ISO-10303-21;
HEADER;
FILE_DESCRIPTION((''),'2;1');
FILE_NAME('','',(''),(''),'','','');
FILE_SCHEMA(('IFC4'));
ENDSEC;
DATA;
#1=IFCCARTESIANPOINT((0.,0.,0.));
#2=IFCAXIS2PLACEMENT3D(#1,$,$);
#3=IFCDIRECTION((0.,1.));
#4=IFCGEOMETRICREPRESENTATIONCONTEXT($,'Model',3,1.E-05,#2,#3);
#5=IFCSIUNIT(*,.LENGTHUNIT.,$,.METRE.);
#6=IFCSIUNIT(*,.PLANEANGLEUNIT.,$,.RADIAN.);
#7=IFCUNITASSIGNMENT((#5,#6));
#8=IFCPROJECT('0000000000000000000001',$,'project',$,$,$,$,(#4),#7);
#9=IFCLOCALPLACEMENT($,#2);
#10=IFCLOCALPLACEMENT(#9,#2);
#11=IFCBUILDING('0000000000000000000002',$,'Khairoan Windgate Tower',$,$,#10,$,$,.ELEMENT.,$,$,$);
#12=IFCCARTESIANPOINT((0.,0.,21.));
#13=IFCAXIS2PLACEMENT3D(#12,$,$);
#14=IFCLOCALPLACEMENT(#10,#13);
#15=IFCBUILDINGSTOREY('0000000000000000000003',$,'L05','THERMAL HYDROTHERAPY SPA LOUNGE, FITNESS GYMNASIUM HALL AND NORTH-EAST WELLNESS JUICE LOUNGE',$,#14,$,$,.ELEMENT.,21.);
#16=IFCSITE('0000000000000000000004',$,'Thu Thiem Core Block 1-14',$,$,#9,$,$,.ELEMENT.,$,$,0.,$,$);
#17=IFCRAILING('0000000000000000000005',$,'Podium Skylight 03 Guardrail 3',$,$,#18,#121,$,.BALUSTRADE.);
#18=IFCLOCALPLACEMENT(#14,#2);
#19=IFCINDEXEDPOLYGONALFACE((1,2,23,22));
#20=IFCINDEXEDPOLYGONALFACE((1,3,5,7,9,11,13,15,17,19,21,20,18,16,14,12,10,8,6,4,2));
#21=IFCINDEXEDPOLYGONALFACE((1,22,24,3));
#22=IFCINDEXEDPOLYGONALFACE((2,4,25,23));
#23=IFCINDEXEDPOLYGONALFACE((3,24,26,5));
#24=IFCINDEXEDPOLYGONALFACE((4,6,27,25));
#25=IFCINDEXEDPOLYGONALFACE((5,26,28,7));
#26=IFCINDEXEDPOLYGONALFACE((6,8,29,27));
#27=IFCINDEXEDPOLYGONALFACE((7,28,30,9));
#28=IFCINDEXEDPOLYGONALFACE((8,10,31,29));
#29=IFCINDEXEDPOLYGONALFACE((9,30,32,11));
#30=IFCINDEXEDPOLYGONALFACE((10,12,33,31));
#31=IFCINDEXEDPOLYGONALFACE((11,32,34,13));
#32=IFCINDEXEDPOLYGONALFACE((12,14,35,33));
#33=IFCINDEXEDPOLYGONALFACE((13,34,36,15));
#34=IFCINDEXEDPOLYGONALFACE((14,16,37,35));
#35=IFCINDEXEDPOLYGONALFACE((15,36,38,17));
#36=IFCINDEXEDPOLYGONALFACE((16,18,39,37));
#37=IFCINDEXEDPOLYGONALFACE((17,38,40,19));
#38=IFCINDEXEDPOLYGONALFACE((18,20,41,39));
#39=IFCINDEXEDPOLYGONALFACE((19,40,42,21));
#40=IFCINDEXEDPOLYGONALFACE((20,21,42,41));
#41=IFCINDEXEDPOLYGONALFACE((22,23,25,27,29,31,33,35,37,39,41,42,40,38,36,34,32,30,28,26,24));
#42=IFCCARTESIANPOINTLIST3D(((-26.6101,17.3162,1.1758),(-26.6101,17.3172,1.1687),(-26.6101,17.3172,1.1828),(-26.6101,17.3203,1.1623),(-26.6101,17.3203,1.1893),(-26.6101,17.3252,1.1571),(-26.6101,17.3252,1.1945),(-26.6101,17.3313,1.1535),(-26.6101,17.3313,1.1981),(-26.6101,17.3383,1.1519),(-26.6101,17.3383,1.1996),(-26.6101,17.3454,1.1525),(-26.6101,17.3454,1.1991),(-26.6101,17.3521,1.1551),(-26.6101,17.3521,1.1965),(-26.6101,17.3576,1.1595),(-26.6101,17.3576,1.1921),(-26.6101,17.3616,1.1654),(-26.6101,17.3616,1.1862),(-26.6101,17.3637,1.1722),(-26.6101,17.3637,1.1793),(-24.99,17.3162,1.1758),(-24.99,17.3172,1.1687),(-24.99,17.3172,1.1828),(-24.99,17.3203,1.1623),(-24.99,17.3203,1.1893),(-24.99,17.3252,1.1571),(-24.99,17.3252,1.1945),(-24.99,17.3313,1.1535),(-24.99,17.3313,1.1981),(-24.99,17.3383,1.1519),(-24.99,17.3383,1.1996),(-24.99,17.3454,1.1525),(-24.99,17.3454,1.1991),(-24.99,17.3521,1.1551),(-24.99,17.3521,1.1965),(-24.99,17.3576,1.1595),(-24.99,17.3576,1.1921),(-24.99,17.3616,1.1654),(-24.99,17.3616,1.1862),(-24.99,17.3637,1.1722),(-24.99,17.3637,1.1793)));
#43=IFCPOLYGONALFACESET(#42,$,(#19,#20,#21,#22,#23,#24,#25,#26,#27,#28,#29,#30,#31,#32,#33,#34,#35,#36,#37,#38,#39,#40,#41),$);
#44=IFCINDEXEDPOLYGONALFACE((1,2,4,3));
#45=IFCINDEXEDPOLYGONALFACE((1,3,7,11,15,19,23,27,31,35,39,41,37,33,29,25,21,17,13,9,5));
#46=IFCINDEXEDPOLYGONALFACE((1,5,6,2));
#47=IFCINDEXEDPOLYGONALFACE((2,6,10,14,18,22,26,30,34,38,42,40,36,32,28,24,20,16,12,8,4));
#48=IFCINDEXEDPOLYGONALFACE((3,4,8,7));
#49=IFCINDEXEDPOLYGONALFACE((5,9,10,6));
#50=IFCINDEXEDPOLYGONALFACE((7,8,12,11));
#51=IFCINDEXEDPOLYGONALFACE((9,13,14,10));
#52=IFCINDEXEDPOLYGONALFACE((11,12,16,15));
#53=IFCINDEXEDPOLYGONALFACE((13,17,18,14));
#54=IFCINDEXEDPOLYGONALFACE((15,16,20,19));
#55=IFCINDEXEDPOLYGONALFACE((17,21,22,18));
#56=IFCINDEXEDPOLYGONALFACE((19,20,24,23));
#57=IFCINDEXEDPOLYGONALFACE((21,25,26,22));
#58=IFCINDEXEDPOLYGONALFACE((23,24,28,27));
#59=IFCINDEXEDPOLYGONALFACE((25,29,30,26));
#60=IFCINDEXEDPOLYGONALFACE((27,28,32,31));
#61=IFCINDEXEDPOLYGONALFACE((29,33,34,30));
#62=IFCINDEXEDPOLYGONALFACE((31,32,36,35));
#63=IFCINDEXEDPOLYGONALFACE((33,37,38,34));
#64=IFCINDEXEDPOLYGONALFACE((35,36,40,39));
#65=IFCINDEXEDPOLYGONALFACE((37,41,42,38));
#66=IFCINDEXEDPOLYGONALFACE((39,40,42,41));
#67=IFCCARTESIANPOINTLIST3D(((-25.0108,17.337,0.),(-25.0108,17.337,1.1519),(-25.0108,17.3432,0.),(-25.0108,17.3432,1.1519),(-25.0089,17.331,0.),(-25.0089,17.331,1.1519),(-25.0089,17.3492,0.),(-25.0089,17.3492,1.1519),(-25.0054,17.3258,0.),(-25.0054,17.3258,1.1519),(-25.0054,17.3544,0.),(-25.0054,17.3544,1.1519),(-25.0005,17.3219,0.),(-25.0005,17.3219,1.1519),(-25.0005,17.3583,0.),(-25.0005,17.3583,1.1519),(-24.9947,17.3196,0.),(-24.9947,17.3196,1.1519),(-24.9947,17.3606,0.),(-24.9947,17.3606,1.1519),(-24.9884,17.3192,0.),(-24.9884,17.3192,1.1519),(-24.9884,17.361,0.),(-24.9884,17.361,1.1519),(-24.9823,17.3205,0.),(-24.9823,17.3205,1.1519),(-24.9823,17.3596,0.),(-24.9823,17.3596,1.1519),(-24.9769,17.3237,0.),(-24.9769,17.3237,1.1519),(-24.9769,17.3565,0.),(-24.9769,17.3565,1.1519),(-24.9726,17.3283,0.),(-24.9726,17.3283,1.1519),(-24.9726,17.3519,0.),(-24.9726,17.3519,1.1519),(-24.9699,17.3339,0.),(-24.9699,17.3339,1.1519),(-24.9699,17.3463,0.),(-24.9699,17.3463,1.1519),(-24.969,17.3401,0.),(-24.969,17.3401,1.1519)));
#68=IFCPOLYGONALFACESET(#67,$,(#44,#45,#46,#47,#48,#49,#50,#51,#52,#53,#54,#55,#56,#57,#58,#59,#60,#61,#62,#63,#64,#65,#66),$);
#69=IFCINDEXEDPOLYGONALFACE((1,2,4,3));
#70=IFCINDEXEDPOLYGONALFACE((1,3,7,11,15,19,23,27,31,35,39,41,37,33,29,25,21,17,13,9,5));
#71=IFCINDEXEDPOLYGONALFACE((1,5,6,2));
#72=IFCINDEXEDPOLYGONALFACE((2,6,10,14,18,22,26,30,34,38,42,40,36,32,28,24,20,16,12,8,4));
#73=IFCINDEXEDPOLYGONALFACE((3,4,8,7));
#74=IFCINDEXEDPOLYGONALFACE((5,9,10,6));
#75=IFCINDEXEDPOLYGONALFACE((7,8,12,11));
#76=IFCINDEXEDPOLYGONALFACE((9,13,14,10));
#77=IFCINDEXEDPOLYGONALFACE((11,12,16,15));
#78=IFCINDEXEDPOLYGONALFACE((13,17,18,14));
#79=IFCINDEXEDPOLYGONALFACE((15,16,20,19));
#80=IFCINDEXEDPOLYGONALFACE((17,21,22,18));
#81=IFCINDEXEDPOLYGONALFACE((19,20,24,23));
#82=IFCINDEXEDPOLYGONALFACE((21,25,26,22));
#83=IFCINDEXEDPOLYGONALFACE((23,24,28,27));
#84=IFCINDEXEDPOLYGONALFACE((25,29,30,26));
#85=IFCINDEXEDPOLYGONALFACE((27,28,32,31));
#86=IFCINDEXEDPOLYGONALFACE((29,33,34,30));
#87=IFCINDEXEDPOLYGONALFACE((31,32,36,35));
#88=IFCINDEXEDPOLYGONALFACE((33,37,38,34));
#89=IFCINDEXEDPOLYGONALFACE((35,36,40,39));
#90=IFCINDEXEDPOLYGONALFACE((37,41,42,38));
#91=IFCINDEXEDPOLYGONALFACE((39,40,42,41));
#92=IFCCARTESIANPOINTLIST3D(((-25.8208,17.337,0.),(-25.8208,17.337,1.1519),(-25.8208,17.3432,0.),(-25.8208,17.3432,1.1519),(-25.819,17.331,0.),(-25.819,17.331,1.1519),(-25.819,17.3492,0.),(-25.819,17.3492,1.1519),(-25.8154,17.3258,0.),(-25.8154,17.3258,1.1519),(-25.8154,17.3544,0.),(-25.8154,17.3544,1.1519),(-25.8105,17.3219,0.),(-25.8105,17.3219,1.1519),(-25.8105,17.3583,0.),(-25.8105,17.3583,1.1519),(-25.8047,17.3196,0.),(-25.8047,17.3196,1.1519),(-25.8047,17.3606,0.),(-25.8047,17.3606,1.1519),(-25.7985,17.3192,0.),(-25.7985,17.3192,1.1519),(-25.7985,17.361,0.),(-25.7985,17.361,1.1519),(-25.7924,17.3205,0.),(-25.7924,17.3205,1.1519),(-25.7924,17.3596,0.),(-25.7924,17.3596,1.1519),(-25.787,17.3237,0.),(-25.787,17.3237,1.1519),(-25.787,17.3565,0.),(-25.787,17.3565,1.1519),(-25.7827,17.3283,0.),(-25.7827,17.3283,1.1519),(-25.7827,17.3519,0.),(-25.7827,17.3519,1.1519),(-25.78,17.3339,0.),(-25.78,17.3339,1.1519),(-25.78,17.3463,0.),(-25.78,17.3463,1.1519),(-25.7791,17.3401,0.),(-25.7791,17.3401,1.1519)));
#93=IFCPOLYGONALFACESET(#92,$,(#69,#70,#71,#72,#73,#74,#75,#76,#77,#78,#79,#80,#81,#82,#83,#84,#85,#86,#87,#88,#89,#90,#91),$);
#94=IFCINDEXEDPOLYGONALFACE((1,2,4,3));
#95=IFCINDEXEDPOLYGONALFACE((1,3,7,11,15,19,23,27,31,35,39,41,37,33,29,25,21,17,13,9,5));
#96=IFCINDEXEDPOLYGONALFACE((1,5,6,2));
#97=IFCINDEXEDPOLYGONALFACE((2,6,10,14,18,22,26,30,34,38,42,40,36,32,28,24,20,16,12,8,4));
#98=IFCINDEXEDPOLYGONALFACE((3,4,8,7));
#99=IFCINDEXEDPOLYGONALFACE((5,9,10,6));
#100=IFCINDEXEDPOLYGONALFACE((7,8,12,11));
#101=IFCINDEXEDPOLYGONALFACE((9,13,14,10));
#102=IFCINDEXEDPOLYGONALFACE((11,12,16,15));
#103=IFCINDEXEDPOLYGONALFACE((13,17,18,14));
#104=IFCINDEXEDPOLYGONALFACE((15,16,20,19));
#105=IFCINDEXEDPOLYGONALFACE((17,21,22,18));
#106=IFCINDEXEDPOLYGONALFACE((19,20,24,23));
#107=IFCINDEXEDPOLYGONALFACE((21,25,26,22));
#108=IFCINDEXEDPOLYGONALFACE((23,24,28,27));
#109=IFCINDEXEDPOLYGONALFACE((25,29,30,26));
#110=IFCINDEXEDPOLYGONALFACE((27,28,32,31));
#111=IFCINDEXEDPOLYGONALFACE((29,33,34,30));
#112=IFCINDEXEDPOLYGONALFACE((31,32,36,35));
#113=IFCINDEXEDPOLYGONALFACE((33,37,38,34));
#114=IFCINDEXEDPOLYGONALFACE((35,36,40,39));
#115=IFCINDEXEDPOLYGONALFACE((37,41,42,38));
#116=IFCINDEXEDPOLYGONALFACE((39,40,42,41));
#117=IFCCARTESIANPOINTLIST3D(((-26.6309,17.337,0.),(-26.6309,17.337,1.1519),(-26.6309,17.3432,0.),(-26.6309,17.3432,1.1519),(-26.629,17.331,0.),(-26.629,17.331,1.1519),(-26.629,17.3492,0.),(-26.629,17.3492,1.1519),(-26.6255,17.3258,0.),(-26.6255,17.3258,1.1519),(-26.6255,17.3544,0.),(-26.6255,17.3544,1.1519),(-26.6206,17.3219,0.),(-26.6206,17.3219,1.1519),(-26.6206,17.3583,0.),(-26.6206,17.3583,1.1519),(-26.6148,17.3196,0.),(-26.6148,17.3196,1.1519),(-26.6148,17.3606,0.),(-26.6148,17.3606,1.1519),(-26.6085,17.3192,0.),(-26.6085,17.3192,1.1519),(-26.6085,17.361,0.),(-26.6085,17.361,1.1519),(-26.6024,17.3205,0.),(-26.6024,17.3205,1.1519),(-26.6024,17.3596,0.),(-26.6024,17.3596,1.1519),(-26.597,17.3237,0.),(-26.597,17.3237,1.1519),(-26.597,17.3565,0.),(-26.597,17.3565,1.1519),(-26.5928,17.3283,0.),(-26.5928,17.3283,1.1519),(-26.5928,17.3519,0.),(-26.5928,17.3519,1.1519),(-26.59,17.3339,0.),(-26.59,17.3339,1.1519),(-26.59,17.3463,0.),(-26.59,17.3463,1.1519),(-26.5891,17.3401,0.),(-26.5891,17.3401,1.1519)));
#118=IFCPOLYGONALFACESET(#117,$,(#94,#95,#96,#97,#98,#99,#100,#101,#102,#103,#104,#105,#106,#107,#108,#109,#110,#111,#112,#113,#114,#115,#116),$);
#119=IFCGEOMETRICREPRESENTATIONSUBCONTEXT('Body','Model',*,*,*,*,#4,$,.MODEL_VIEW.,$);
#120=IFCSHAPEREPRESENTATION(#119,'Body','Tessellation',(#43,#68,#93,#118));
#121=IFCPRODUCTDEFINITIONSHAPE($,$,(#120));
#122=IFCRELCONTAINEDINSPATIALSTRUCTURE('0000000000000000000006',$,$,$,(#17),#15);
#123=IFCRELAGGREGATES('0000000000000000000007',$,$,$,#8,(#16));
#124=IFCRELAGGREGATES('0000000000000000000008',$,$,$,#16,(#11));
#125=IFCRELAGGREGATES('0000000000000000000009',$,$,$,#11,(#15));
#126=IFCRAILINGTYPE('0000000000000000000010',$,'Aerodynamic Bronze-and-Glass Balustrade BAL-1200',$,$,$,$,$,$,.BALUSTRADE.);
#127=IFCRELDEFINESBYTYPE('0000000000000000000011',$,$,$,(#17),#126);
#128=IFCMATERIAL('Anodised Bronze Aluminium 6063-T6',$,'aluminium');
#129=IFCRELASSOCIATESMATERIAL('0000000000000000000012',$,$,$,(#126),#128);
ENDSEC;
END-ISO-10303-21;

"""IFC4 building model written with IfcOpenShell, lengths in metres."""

from ifc_helpers import new_model, si_unit, direction, frame, origin, origin_2d, place, context, subcontext, project, spatial, circle, extrude, material, type_object, element, save


model = new_model("IFC4")

# Units and contexts
model_context = context("Model", 3, precision=1e-05, world=origin(), true_north=direction((0.0, 1.0)))
body_context = subcontext(model_context, "Body", "Model", "MODEL_VIEW")
ifc_project = project(units=[si_unit("LENGTHUNIT", "METRE"), si_unit("PLANEANGLEUNIT", "RADIAN")], contexts=[model_context])

# Site, building, storey
site_placement = place(None, origin())
site = spatial("IfcSite", under=ifc_project, at=site_placement, Name="Thu Thiem Core Block 1-14", CompositionType="ELEMENT", RefElevation=0.0)
building_placement = place(site_placement, origin())
building = spatial("IfcBuilding", under=site, at=building_placement, Name="Khairoan Windgate Tower", CompositionType="ELEMENT")
storey_placement = place(building_placement, frame((0.0, 0.0, 21.0)))
storey = spatial("IfcBuildingStorey", under=building, at=storey_placement, Name="L05", Description="THERMAL HYDROTHERAPY SPA LOUNGE, FITNESS GYMNASIUM HALL AND NORTH-EAST WELLNESS JUICE LOUNGE", CompositionType="ELEMENT", Elevation=21.0)

# Railing
ifc_material_1 = material(Name="Anodised Bronze Aluminium 6063-T6", Category="aluminium")
railing_type = type_object("IfcRailingType", Name="Aerodynamic Bronze-and-Glass Balustrade BAL-1200", PredefinedType="BALUSTRADE", material=ifc_material_1)
railing_1_placement = place(storey_placement, frame((-24.99, 17.3401, 0.0)))
element("IfcRailing", 1, at=railing_1_placement, inside=storey, type_object=railing_type, Name="Podium Skylight 03 Guardrail 3", PredefinedType="BALUSTRADE", context=body_context, shape_type="SweptSolid", body=[
    extrude(circle(Radius=0.0239, at=origin_2d()), frame((0.0, 0.0, 1.1758), z_axis=(-1.0, 0.0, 0.0), x_axis=(0.0, -1.0, 0.0)), (0.0, 0.0, 1.0), 1.6201),
    extrude(circle(Radius=0.021, at=origin_2d()), origin(), (0.0, 0.0, 1.0), 1.1519),
    extrude(circle(Radius=0.021, at=origin_2d()), frame((-0.8101, 0.0, 0.0)), (0.0, 0.0, 1.0), 1.1519),
    extrude(circle(Radius=0.021, at=origin_2d()), frame((-1.6201, 0.0, 0.0)), (0.0, 0.0, 1.0), 1.1519),
])

save(model, "model.ifc")
